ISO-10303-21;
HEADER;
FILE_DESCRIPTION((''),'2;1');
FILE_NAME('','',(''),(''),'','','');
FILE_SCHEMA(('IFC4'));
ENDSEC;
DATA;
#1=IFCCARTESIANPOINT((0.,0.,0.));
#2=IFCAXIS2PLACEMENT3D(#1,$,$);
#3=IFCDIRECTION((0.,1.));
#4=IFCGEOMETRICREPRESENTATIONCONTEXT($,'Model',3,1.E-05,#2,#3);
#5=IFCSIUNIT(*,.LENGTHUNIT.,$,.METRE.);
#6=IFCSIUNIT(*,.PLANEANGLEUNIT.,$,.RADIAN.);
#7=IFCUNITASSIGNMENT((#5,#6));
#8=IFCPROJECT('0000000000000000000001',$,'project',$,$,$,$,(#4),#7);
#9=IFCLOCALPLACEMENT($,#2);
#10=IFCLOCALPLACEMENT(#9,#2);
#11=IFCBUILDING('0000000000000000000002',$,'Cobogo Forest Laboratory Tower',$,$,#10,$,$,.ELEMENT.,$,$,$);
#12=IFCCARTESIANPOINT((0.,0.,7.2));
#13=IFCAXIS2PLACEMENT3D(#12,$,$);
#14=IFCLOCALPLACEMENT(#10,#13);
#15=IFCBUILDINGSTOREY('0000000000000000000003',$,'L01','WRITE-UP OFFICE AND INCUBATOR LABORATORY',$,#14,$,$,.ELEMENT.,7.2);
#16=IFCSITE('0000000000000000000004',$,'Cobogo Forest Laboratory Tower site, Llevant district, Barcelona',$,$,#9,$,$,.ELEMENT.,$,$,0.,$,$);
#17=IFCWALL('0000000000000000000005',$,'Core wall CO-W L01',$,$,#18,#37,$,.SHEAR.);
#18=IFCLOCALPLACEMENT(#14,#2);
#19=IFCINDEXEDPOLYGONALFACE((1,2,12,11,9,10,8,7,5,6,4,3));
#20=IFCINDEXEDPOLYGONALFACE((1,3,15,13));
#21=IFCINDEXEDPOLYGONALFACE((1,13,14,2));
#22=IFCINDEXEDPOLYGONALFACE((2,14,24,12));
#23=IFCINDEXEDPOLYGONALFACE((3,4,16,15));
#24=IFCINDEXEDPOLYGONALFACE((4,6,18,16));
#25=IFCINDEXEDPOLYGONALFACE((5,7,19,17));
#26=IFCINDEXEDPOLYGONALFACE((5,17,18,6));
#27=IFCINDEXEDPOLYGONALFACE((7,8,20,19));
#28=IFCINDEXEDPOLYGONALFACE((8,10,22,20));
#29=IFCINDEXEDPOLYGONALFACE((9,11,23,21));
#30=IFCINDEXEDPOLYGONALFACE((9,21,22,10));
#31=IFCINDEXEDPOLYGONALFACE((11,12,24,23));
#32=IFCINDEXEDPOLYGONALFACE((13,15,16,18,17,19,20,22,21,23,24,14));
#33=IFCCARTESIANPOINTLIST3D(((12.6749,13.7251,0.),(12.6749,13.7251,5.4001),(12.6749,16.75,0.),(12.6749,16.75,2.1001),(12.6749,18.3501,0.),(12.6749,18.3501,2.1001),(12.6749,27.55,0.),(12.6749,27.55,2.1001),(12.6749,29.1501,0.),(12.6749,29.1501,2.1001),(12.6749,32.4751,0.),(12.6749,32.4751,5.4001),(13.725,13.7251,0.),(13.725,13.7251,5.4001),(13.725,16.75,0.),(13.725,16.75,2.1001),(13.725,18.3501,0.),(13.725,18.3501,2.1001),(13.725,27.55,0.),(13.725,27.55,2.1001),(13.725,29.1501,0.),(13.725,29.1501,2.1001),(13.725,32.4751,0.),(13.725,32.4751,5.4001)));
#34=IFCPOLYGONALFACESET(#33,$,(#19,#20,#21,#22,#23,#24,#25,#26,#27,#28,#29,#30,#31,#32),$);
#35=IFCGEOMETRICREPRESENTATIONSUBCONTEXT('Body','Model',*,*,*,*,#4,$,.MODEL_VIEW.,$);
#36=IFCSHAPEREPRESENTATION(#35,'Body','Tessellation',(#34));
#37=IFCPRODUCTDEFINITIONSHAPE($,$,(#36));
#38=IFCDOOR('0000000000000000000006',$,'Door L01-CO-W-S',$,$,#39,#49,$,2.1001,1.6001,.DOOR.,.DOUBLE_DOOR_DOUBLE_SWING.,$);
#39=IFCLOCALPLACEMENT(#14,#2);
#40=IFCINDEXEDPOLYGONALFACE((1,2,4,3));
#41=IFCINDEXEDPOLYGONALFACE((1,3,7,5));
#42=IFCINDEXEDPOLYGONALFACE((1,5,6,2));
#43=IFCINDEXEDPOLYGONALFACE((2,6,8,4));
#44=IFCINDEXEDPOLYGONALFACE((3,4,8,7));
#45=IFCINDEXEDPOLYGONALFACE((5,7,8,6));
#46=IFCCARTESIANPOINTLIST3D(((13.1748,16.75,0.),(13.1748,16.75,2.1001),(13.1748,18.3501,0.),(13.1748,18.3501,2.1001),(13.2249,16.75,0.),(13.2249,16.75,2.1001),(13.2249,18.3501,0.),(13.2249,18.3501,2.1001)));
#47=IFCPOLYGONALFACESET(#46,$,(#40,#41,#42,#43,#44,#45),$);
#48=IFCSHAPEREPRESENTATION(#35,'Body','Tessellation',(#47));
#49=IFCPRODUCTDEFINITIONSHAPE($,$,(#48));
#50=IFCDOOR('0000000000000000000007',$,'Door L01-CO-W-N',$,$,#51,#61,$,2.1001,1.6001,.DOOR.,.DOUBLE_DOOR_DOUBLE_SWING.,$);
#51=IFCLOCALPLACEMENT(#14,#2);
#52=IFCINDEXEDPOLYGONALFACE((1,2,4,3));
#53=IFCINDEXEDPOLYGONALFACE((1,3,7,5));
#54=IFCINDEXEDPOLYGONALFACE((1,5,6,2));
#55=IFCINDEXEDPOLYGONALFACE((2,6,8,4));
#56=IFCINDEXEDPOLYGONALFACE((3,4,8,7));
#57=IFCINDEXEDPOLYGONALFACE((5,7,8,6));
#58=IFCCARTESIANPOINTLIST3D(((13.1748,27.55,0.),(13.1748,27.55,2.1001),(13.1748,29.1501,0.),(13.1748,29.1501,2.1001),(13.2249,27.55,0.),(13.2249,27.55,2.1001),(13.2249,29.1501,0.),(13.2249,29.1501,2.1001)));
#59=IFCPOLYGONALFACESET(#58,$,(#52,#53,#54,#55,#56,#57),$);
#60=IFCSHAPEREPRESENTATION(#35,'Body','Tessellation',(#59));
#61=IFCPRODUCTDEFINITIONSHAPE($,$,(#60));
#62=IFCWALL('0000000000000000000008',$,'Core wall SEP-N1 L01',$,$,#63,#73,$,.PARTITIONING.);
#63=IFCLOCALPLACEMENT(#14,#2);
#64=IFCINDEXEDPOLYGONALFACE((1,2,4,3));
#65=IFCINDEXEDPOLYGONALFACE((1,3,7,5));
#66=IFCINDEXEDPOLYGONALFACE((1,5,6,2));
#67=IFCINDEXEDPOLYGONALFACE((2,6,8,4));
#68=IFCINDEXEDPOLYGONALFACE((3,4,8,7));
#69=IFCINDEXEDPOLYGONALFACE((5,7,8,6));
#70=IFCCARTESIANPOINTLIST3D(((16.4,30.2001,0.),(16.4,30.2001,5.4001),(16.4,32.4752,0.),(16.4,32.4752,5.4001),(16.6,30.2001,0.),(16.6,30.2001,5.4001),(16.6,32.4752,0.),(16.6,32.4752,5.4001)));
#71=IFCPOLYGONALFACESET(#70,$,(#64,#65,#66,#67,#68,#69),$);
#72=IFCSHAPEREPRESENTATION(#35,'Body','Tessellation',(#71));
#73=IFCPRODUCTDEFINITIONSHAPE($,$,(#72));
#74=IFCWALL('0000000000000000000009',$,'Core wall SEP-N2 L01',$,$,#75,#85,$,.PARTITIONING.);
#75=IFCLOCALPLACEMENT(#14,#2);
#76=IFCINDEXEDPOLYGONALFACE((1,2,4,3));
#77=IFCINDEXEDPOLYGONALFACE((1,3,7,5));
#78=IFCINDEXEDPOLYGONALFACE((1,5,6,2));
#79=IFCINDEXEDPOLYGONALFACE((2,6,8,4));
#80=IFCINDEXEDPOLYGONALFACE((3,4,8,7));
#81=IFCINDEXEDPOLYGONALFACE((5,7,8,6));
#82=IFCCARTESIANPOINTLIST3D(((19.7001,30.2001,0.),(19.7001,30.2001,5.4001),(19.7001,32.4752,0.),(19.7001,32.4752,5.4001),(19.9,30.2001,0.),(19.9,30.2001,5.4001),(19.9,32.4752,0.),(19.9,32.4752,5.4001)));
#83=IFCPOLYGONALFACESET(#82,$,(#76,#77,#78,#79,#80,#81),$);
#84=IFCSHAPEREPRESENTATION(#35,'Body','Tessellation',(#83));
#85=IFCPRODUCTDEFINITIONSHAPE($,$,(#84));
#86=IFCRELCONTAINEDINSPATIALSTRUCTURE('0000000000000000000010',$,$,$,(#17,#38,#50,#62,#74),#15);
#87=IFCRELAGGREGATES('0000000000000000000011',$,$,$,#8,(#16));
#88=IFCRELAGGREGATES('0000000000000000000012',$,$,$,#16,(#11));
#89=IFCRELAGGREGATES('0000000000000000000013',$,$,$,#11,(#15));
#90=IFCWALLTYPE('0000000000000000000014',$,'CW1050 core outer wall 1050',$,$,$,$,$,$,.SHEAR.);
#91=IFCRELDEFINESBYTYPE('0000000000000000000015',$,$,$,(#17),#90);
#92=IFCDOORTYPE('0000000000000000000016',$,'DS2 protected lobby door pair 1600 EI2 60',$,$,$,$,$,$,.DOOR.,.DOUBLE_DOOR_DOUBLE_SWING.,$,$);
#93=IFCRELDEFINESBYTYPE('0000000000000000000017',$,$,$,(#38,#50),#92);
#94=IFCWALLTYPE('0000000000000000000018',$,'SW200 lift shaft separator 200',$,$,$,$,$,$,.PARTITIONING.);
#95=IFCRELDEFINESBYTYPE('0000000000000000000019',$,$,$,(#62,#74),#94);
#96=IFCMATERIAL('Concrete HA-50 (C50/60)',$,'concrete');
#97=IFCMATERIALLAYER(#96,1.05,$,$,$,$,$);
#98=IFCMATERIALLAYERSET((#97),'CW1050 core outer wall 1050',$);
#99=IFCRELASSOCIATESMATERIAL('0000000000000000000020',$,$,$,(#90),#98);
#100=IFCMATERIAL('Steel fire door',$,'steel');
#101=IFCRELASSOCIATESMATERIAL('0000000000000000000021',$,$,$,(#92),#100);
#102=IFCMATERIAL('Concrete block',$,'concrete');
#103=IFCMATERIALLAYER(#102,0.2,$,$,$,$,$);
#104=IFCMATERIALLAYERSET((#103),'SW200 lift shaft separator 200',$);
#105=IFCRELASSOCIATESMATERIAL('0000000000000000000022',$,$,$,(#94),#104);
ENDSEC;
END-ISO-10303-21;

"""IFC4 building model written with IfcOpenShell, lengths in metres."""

from ifc_helpers import new_model, si_unit, direction, frame, frame_2d, origin, place, context, subcontext, project, spatial, rectangle, extrude, material, layer, layer_set, type_object, element, fill, save


model = new_model("IFC4")

# Units and contexts
model_context = context("Model", 3, precision=1e-05, world=origin(), true_north=direction((0.0, 1.0)))
body_context = subcontext(model_context, "Body", "Model", "MODEL_VIEW")
ifc_project = project(units=[si_unit("LENGTHUNIT", "METRE"), si_unit("PLANEANGLEUNIT", "RADIAN")], contexts=[model_context])

# Site, building, storey
site_placement = place(None, origin())
site = spatial("IfcSite", under=ifc_project, at=site_placement, Name="Cobogo Forest Laboratory Tower site, Llevant district, Barcelona", CompositionType="ELEMENT", RefElevation=0.0)
building_placement = place(site_placement, origin())
building = spatial("IfcBuilding", under=site, at=building_placement, Name="Cobogo Forest Laboratory Tower", CompositionType="ELEMENT")
storey_placement = place(building_placement, frame((0.0, 0.0, 7.2)))
storey = spatial("IfcBuildingStorey", under=building, at=storey_placement, Name="L01", Description="WRITE-UP OFFICE AND INCUBATOR LABORATORY", CompositionType="ELEMENT", Elevation=7.2)

# Shared definitions
ifc_material_1 = material(Name="Concrete HA-50 (C50/60)", Category="concrete")

# Shared definitions
ifc_material_2 = material(Name="Steel fire door", Category="steel")

# Wall, openings, doors
ifc_layer_1 = layer(ifc_material_1, 1.05)
ifc_layer_set_1 = layer_set([ifc_layer_1], Name="CW1050 core outer wall 1050")
wall_type_1 = type_object("IfcWallType", Name="CW1050 core outer wall 1050", PredefinedType="SHEAR", material=ifc_layer_set_1)
wall_1_placement = place(storey_placement, frame((13.2, 32.4751, 0.0), z_axis=(0.0, 0.0, 1.0), x_axis=(0.0, -1.0, 0.0)))
wall_1 = element("IfcWall", 1, at=wall_1_placement, inside=storey, type_object=wall_type_1, Name="Core wall CO-W L01", PredefinedType="SHEAR", context=body_context, shape_type="SweptSolid", body=[
    extrude(rectangle(XDim=18.75, YDim=1.05, at=frame_2d((9.375, 0.0))), origin(), (0.0, 0.0, 1.0), 5.4001),
])
opening_1_placement = place(wall_1_placement, frame((14.125, 0.0, 0.0)))
opening_1 = element("IfcOpeningElement", 2, at=opening_1_placement, cuts=wall_1, PredefinedType="OPENING", context=body_context, shape_type="SweptSolid", body=[
    extrude(rectangle(XDim=1.6001, YDim=2.1001, at=frame_2d((0.8, 1.05))), frame((0.0, 0.5349, 0.0), z_axis=(0.0, -1.0, 0.0), x_axis=(1.0, 0.0, 0.0)), (0.0, 0.0, 1.0), 1.0701),
])
opening_2_placement = place(wall_1_placement, frame((3.325, 0.0, 0.0)))
opening_2 = element("IfcOpeningElement", 3, at=opening_2_placement, cuts=wall_1, PredefinedType="OPENING", context=body_context, shape_type="SweptSolid", body=[
    extrude(rectangle(XDim=1.6001, YDim=2.1001, at=frame_2d((0.8, 1.05))), frame((0.0, 0.5349, 0.0), z_axis=(0.0, -1.0, 0.0), x_axis=(1.0, 0.0, 0.0)), (0.0, 0.0, 1.0), 1.0701),
])
door_type_1 = type_object("IfcDoorType", Name="DS2 protected lobby door pair 1600 EI2 60", OperationType="DOUBLE_DOOR_DOUBLE_SWING", PredefinedType="DOOR", material=ifc_material_2)
door_1_placement = place(opening_1_placement, origin())
door_1 = element("IfcDoor", 4, at=door_1_placement, inside=storey, type_object=door_type_1, Name="Door L01-CO-W-S", OperationType="DOUBLE_DOOR_DOUBLE_SWING", OverallHeight=2.1001, OverallWidth=1.6001, PredefinedType="DOOR", context=body_context, shape_type="SweptSolid", body=[
    extrude(rectangle(XDim=1.6001, YDim=2.1001, at=frame_2d((0.8, 1.05))), frame((0.0, 0.0249, 0.0), z_axis=(0.0, -1.0, 0.0), x_axis=(1.0, 0.0, 0.0)), (0.0, 0.0, 1.0), 0.05),
])
fill(opening_1, door_1)
door_2_placement = place(opening_2_placement, origin())
door_2 = element("IfcDoor", 5, at=door_2_placement, inside=storey, type_object=door_type_1, Name="Door L01-CO-W-N", OperationType="DOUBLE_DOOR_DOUBLE_SWING", OverallHeight=2.1001, OverallWidth=1.6001, PredefinedType="DOOR", context=body_context, shape_type="SweptSolid", body=[
    extrude(rectangle(XDim=1.6001, YDim=2.1001, at=frame_2d((0.8, 1.05))), frame((0.0, 0.0249, 0.0), z_axis=(0.0, -1.0, 0.0), x_axis=(1.0, 0.0, 0.0)), (0.0, 0.0, 1.0), 0.05),
])
fill(opening_2, door_2)

# Walls
ifc_material_3 = material(Name="Concrete block", Category="concrete")
ifc_layer_2 = layer(ifc_material_3, 0.2)
ifc_layer_set_2 = layer_set([ifc_layer_2], Name="SW200 lift shaft separator 200")
wall_type_2 = type_object("IfcWallType", Name="SW200 lift shaft separator 200", PredefinedType="PARTITIONING", material=ifc_layer_set_2)
for number, where, z_axis, x_axis, name in (
    (6, (16.5, 30.2, 0.0), (0.0, 0.0, 1.0), (0.0, 1.0, 0.0), "Core wall SEP-N1 L01"),
    (7, (19.8, 30.2, 0.0), (0.0, 0.0, 1.0), (0.0, 1.0, 0.0), "Core wall SEP-N2 L01"),
):
    element("IfcWall", number, at=place(storey_placement, frame(where, z_axis=z_axis, x_axis=x_axis)), inside=storey, type_object=wall_type_2, Name=name, PredefinedType="PARTITIONING", context=body_context, shape_type="SweptSolid", body=[
        extrude(rectangle(XDim=2.2751, YDim=0.2, at=frame_2d((1.1377, 0.0))), origin(), (0.0, 0.0, 1.0), 5.4001),
    ])

save(model, "model.ifc")
